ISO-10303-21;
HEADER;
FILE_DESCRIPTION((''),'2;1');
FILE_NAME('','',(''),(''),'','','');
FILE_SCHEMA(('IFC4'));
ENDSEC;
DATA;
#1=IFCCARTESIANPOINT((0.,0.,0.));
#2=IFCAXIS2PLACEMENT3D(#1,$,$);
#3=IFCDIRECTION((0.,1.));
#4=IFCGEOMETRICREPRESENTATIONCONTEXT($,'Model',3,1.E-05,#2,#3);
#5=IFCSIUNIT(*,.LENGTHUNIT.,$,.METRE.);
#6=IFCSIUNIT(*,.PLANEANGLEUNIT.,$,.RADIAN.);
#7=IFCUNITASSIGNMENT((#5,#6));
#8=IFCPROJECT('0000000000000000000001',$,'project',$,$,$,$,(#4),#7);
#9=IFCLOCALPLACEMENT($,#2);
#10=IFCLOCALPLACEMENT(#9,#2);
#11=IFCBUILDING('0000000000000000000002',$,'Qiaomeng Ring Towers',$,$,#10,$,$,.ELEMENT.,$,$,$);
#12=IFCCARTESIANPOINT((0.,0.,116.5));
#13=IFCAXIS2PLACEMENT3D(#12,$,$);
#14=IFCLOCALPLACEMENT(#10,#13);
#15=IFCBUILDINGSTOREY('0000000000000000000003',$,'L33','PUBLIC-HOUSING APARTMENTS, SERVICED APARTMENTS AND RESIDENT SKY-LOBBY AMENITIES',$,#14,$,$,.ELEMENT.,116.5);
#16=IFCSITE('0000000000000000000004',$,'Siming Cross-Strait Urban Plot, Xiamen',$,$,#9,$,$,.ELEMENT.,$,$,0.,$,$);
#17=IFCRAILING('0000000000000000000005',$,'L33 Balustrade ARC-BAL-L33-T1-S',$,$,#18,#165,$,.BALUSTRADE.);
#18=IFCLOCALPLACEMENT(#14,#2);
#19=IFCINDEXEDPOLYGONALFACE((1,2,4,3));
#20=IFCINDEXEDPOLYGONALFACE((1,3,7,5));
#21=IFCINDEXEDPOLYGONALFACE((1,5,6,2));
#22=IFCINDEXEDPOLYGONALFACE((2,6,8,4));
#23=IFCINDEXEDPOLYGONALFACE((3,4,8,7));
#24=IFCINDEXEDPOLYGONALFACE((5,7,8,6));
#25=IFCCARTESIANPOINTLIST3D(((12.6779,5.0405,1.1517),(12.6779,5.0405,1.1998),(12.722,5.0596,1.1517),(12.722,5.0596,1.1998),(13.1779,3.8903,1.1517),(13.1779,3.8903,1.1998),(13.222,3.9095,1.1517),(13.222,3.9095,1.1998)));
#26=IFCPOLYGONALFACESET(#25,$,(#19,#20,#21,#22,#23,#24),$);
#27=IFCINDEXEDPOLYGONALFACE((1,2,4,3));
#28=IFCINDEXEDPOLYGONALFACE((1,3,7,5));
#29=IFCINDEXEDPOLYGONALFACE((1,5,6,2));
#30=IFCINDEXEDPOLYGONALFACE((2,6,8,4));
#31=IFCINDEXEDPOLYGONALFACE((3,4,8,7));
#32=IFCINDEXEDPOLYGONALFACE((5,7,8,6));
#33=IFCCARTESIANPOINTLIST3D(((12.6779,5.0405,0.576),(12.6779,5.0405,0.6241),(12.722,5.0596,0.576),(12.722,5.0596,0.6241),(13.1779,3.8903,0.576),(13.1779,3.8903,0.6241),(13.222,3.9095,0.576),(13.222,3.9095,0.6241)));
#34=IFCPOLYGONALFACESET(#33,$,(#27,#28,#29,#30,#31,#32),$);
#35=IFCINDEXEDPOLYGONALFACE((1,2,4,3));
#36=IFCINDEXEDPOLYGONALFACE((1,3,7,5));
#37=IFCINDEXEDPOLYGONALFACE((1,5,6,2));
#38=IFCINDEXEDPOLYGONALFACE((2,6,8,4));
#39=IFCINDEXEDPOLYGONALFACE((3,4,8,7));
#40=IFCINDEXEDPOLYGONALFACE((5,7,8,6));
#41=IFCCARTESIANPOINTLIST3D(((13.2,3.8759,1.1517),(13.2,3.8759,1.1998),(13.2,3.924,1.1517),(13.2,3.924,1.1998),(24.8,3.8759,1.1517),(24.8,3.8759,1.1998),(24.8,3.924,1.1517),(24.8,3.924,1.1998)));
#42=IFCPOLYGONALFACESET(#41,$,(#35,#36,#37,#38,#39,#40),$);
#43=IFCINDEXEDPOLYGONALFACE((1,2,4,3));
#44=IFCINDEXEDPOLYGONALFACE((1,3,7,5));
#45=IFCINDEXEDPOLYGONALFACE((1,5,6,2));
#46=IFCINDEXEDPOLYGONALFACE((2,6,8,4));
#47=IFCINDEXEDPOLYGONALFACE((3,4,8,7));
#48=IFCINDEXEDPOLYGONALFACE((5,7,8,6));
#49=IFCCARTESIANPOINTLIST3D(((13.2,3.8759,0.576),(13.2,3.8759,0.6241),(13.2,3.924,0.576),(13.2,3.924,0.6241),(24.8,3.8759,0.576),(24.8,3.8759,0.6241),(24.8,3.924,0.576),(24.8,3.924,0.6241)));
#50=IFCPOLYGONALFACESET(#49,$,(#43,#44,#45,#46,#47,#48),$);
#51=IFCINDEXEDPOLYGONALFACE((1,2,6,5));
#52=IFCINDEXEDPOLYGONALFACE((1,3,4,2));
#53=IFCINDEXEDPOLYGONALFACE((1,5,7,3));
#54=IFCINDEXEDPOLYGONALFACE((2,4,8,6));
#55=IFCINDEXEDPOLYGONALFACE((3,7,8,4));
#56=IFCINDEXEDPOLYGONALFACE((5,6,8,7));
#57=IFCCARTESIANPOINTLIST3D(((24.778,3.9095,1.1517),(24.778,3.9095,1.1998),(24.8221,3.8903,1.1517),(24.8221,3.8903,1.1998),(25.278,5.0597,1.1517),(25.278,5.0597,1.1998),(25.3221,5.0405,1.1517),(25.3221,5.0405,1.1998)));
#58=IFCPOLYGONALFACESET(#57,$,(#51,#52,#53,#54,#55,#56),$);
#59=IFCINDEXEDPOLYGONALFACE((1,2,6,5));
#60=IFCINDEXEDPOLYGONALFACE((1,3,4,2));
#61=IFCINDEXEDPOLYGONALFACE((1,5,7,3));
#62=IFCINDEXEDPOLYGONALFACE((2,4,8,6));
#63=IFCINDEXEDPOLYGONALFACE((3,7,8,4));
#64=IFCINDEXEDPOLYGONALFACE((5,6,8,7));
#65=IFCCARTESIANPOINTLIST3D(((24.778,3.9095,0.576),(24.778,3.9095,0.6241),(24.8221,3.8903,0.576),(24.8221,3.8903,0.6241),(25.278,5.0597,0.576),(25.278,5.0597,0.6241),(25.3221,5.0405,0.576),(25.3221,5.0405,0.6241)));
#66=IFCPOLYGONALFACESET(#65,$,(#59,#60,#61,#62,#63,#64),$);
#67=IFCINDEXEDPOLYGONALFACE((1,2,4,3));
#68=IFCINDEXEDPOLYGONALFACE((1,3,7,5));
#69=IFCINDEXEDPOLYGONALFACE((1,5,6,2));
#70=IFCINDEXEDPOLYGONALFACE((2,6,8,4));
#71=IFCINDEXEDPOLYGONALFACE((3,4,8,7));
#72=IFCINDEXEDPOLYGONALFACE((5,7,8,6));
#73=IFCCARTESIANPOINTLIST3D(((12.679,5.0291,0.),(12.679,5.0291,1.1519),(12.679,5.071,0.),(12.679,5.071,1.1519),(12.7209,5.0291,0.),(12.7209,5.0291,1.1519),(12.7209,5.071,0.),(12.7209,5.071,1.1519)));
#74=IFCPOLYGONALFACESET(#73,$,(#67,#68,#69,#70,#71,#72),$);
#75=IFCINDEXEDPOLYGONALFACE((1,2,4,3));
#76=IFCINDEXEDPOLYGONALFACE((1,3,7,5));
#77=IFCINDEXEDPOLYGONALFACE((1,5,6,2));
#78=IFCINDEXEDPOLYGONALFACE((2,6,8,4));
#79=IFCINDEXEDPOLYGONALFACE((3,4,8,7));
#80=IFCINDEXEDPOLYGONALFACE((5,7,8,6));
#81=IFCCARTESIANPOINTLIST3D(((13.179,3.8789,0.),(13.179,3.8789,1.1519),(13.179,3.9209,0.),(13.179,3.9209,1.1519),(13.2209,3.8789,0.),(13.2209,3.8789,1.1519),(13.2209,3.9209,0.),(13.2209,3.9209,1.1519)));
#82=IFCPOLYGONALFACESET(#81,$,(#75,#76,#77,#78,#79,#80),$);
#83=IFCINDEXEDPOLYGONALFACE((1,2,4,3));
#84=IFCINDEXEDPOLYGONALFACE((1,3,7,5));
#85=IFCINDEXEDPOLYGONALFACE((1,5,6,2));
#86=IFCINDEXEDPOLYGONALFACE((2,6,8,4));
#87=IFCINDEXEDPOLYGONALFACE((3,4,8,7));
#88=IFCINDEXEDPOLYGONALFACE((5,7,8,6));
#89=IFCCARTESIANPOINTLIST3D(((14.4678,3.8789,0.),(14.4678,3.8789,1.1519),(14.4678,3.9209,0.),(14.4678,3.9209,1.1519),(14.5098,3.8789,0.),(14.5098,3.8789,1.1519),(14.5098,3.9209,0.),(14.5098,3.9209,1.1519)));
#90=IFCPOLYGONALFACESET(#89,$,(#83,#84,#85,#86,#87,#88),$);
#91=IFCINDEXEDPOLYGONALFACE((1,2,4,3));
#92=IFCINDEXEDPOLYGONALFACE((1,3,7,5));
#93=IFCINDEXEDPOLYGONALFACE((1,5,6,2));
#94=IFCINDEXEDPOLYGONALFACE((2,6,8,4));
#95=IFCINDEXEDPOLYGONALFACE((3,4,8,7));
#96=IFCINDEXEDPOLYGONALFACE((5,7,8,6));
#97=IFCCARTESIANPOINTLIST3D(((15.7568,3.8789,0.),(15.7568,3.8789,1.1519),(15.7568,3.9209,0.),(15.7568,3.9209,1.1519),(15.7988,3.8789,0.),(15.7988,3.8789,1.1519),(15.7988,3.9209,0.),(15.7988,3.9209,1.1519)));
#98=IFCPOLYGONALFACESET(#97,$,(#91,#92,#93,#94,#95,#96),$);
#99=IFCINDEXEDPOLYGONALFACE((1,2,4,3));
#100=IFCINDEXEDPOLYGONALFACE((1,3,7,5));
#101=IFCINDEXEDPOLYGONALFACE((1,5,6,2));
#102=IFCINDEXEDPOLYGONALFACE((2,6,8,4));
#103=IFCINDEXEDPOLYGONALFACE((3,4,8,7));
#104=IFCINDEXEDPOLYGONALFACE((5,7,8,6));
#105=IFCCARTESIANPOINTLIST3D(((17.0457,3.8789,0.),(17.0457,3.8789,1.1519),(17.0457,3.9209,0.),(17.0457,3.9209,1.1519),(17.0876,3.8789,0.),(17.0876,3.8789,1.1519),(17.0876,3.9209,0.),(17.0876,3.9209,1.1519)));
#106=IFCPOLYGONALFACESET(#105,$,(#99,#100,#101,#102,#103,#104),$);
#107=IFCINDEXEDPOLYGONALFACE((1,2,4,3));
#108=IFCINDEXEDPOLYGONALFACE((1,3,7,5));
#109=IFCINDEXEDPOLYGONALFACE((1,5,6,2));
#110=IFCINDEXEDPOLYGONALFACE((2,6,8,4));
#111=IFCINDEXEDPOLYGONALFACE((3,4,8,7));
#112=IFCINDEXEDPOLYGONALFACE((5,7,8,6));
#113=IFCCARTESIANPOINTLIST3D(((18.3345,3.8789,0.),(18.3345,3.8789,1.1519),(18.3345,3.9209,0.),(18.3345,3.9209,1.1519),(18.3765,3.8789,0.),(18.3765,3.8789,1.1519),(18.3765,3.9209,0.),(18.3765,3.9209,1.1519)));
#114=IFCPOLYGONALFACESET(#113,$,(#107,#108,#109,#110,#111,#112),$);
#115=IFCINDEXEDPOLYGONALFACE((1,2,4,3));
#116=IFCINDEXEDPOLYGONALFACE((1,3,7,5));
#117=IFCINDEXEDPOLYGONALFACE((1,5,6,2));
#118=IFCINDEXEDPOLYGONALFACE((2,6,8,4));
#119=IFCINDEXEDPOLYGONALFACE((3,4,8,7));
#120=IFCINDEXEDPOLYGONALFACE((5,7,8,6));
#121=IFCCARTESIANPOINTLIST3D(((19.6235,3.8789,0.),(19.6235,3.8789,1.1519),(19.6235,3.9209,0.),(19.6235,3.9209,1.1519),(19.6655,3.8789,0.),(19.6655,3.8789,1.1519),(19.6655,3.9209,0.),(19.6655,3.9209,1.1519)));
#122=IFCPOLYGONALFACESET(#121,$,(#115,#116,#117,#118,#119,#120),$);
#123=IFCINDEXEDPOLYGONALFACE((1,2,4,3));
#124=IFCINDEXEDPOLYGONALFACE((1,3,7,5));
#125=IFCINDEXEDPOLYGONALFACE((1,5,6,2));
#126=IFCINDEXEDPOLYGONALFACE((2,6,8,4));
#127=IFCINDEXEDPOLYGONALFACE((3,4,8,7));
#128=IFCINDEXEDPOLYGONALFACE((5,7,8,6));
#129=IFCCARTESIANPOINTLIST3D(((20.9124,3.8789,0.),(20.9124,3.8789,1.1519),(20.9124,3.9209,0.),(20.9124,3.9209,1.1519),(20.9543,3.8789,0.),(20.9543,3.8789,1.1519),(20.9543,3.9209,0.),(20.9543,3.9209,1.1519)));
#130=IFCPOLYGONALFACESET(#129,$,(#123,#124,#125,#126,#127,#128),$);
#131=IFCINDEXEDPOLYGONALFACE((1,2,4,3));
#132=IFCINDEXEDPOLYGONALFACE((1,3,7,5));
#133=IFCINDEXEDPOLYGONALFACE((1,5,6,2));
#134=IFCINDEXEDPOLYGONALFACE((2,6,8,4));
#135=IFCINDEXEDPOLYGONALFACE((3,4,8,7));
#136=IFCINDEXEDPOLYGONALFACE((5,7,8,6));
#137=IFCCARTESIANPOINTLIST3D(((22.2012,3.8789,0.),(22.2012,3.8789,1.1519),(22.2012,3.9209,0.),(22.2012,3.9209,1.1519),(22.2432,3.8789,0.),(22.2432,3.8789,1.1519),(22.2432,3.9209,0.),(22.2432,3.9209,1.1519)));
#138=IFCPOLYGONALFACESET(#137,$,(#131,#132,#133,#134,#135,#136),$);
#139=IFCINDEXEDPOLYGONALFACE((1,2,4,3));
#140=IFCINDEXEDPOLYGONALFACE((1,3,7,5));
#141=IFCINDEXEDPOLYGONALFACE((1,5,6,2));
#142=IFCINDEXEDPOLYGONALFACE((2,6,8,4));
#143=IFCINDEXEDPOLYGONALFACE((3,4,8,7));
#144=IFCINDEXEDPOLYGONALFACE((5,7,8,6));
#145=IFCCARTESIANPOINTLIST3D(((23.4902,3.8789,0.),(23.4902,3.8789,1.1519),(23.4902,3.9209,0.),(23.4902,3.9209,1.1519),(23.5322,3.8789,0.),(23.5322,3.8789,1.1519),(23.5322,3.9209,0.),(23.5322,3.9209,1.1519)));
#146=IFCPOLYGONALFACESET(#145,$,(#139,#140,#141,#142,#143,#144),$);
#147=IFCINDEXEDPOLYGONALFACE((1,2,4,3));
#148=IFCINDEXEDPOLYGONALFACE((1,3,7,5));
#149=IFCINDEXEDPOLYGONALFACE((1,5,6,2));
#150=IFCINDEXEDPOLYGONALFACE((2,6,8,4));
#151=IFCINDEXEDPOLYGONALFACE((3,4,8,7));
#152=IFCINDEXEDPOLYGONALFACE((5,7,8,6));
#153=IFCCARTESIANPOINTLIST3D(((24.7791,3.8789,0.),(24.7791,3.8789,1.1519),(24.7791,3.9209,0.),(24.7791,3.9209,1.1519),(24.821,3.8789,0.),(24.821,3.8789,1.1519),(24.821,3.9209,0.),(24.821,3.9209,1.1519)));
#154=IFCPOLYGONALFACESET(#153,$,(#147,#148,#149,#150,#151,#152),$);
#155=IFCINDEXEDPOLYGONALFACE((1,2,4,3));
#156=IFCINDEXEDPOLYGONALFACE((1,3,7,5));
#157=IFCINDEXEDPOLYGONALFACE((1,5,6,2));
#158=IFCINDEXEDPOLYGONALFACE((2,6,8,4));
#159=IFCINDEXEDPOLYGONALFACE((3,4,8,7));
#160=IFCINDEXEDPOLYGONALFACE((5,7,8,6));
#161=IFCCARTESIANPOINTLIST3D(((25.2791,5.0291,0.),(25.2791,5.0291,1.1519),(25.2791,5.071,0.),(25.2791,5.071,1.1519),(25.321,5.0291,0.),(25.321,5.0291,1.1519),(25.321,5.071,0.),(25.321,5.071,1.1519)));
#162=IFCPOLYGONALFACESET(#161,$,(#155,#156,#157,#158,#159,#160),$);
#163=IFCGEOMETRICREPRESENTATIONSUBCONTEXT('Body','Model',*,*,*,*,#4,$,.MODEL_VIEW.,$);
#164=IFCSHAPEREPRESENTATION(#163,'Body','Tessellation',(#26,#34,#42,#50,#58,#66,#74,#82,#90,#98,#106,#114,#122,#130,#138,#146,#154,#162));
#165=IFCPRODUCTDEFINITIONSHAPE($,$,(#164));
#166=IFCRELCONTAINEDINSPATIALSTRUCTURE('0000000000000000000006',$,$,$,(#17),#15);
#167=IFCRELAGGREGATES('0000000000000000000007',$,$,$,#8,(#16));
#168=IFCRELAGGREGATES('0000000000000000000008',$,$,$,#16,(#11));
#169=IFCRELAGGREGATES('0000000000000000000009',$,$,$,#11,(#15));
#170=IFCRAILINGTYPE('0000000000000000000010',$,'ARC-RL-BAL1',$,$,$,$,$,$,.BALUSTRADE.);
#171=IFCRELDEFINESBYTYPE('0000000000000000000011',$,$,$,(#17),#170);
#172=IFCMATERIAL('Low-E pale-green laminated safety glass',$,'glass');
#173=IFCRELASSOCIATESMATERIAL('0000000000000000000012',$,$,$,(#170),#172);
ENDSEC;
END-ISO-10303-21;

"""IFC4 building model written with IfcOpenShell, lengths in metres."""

from ifc_helpers import new_model, si_unit, direction, frame, origin, origin_2d, place, context, subcontext, project, spatial, rectangle, extrude, material, type_object, element, save


model = new_model("IFC4")

# Units and contexts
model_context = context("Model", 3, precision=1e-05, world=origin(), true_north=direction((0.0, 1.0)))
body_context = subcontext(model_context, "Body", "Model", "MODEL_VIEW")
ifc_project = project(units=[si_unit("LENGTHUNIT", "METRE"), si_unit("PLANEANGLEUNIT", "RADIAN")], contexts=[model_context])

# Site, building, storey
site_placement = place(None, origin())
site = spatial("IfcSite", under=ifc_project, at=site_placement, Name="Siming Cross-Strait Urban Plot, Xiamen", CompositionType="ELEMENT", RefElevation=0.0)
building_placement = place(site_placement, origin())
building = spatial("IfcBuilding", under=site, at=building_placement, Name="Qiaomeng Ring Towers", CompositionType="ELEMENT")
storey_placement = place(building_placement, frame((0.0, 0.0, 116.5)))
storey = spatial("IfcBuildingStorey", under=building, at=storey_placement, Name="L33", Description="PUBLIC-HOUSING APARTMENTS, SERVICED APARTMENTS AND RESIDENT SKY-LOBBY AMENITIES", CompositionType="ELEMENT", Elevation=116.5)

# Railing
ifc_material_1 = material(Name="Low-E pale-green laminated safety glass", Category="glass")
railing_type = type_object("IfcRailingType", Name="ARC-RL-BAL1", PredefinedType="BALUSTRADE", material=ifc_material_1)
railing_placement = place(storey_placement, frame((12.7, 5.05, 0.0)))
element("IfcRailing", 1, at=railing_placement, inside=storey, type_object=railing_type, Name="L33 Balustrade ARC-BAL-L33-T1-S", PredefinedType="BALUSTRADE", context=body_context, shape_type="SweptSolid", body=[
    extrude(rectangle(XDim=0.0481, YDim=0.0481, at=origin_2d()), frame((0.0, 0.0, 1.1758), z_axis=(0.398683, -0.917089, 0.0), x_axis=(0.917089, 0.398683, 0.0)), (0.0, 0.0, 1.0), 1.2542),
    extrude(rectangle(XDim=0.0481, YDim=0.0481, at=origin_2d()), frame((0.0, 0.0, 0.6001), z_axis=(0.398683, -0.917089, 0.0), x_axis=(0.917089, 0.398683, 0.0)), (0.0, 0.0, 1.0), 1.2542),
    extrude(rectangle(XDim=0.0481, YDim=0.0481, at=origin_2d()), frame((0.5, -1.1501, 1.1758), z_axis=(1.0, 0.0, 0.0), x_axis=(0.0, 1.0, 0.0)), (0.0, 0.0, 1.0), 11.6001),
    extrude(rectangle(XDim=0.0481, YDim=0.0481, at=origin_2d()), frame((0.5, -1.1501, 0.6001), z_axis=(1.0, 0.0, 0.0), x_axis=(0.0, 1.0, 0.0)), (0.0, 0.0, 1.0), 11.6001),
    extrude(rectangle(XDim=0.0481, YDim=0.0481, at=origin_2d()), frame((12.1001, -1.1501, 1.1758), z_axis=(0.398683, 0.917089, 0.0), x_axis=(-0.917089, 0.398683, 0.0)), (0.0, 0.0, 1.0), 1.2542),
    extrude(rectangle(XDim=0.0481, YDim=0.0481, at=origin_2d()), frame((12.1001, -1.1501, 0.6001), z_axis=(0.398683, 0.917089, 0.0), x_axis=(-0.917089, 0.398683, 0.0)), (0.0, 0.0, 1.0), 1.2542),
    extrude(rectangle(XDim=0.042, YDim=0.042, at=origin_2d()), origin(), (0.0, 0.0, 1.0), 1.1519),
    extrude(rectangle(XDim=0.042, YDim=0.042, at=origin_2d()), frame((0.5, -1.1501, 0.0)), (0.0, 0.0, 1.0), 1.1519),
    extrude(rectangle(XDim=0.042, YDim=0.042, at=origin_2d()), frame((1.7888, -1.1501, 0.0)), (0.0, 0.0, 1.0), 1.1519),
    extrude(rectangle(XDim=0.042, YDim=0.042, at=origin_2d()), frame((3.0779, -1.1501, 0.0)), (0.0, 0.0, 1.0), 1.1519),
    extrude(rectangle(XDim=0.042, YDim=0.042, at=origin_2d()), frame((4.3667, -1.1501, 0.0)), (0.0, 0.0, 1.0), 1.1519),
    extrude(rectangle(XDim=0.042, YDim=0.042, at=origin_2d()), frame((5.6555, -1.1501, 0.0)), (0.0, 0.0, 1.0), 1.1519),
    extrude(rectangle(XDim=0.042, YDim=0.042, at=origin_2d()), frame((6.9446, -1.1501, 0.0)), (0.0, 0.0, 1.0), 1.1519),
    extrude(rectangle(XDim=0.042, YDim=0.042, at=origin_2d()), frame((8.2334, -1.1501, 0.0)), (0.0, 0.0, 1.0), 1.1519),
    extrude(rectangle(XDim=0.042, YDim=0.042, at=origin_2d()), frame((9.5222, -1.1501, 0.0)), (0.0, 0.0, 1.0), 1.1519),
    extrude(rectangle(XDim=0.042, YDim=0.042, at=origin_2d()), frame((10.8113, -1.1501, 0.0)), (0.0, 0.0, 1.0), 1.1519),
    extrude(rectangle(XDim=0.042, YDim=0.042, at=origin_2d()), frame((12.1001, -1.1501, 0.0)), (0.0, 0.0, 1.0), 1.1519),
    extrude(rectangle(XDim=0.042, YDim=0.042, at=origin_2d()), frame((12.6001, 0.0, 0.0)), (0.0, 0.0, 1.0), 1.1519),
])

save(model, "model.ifc")
